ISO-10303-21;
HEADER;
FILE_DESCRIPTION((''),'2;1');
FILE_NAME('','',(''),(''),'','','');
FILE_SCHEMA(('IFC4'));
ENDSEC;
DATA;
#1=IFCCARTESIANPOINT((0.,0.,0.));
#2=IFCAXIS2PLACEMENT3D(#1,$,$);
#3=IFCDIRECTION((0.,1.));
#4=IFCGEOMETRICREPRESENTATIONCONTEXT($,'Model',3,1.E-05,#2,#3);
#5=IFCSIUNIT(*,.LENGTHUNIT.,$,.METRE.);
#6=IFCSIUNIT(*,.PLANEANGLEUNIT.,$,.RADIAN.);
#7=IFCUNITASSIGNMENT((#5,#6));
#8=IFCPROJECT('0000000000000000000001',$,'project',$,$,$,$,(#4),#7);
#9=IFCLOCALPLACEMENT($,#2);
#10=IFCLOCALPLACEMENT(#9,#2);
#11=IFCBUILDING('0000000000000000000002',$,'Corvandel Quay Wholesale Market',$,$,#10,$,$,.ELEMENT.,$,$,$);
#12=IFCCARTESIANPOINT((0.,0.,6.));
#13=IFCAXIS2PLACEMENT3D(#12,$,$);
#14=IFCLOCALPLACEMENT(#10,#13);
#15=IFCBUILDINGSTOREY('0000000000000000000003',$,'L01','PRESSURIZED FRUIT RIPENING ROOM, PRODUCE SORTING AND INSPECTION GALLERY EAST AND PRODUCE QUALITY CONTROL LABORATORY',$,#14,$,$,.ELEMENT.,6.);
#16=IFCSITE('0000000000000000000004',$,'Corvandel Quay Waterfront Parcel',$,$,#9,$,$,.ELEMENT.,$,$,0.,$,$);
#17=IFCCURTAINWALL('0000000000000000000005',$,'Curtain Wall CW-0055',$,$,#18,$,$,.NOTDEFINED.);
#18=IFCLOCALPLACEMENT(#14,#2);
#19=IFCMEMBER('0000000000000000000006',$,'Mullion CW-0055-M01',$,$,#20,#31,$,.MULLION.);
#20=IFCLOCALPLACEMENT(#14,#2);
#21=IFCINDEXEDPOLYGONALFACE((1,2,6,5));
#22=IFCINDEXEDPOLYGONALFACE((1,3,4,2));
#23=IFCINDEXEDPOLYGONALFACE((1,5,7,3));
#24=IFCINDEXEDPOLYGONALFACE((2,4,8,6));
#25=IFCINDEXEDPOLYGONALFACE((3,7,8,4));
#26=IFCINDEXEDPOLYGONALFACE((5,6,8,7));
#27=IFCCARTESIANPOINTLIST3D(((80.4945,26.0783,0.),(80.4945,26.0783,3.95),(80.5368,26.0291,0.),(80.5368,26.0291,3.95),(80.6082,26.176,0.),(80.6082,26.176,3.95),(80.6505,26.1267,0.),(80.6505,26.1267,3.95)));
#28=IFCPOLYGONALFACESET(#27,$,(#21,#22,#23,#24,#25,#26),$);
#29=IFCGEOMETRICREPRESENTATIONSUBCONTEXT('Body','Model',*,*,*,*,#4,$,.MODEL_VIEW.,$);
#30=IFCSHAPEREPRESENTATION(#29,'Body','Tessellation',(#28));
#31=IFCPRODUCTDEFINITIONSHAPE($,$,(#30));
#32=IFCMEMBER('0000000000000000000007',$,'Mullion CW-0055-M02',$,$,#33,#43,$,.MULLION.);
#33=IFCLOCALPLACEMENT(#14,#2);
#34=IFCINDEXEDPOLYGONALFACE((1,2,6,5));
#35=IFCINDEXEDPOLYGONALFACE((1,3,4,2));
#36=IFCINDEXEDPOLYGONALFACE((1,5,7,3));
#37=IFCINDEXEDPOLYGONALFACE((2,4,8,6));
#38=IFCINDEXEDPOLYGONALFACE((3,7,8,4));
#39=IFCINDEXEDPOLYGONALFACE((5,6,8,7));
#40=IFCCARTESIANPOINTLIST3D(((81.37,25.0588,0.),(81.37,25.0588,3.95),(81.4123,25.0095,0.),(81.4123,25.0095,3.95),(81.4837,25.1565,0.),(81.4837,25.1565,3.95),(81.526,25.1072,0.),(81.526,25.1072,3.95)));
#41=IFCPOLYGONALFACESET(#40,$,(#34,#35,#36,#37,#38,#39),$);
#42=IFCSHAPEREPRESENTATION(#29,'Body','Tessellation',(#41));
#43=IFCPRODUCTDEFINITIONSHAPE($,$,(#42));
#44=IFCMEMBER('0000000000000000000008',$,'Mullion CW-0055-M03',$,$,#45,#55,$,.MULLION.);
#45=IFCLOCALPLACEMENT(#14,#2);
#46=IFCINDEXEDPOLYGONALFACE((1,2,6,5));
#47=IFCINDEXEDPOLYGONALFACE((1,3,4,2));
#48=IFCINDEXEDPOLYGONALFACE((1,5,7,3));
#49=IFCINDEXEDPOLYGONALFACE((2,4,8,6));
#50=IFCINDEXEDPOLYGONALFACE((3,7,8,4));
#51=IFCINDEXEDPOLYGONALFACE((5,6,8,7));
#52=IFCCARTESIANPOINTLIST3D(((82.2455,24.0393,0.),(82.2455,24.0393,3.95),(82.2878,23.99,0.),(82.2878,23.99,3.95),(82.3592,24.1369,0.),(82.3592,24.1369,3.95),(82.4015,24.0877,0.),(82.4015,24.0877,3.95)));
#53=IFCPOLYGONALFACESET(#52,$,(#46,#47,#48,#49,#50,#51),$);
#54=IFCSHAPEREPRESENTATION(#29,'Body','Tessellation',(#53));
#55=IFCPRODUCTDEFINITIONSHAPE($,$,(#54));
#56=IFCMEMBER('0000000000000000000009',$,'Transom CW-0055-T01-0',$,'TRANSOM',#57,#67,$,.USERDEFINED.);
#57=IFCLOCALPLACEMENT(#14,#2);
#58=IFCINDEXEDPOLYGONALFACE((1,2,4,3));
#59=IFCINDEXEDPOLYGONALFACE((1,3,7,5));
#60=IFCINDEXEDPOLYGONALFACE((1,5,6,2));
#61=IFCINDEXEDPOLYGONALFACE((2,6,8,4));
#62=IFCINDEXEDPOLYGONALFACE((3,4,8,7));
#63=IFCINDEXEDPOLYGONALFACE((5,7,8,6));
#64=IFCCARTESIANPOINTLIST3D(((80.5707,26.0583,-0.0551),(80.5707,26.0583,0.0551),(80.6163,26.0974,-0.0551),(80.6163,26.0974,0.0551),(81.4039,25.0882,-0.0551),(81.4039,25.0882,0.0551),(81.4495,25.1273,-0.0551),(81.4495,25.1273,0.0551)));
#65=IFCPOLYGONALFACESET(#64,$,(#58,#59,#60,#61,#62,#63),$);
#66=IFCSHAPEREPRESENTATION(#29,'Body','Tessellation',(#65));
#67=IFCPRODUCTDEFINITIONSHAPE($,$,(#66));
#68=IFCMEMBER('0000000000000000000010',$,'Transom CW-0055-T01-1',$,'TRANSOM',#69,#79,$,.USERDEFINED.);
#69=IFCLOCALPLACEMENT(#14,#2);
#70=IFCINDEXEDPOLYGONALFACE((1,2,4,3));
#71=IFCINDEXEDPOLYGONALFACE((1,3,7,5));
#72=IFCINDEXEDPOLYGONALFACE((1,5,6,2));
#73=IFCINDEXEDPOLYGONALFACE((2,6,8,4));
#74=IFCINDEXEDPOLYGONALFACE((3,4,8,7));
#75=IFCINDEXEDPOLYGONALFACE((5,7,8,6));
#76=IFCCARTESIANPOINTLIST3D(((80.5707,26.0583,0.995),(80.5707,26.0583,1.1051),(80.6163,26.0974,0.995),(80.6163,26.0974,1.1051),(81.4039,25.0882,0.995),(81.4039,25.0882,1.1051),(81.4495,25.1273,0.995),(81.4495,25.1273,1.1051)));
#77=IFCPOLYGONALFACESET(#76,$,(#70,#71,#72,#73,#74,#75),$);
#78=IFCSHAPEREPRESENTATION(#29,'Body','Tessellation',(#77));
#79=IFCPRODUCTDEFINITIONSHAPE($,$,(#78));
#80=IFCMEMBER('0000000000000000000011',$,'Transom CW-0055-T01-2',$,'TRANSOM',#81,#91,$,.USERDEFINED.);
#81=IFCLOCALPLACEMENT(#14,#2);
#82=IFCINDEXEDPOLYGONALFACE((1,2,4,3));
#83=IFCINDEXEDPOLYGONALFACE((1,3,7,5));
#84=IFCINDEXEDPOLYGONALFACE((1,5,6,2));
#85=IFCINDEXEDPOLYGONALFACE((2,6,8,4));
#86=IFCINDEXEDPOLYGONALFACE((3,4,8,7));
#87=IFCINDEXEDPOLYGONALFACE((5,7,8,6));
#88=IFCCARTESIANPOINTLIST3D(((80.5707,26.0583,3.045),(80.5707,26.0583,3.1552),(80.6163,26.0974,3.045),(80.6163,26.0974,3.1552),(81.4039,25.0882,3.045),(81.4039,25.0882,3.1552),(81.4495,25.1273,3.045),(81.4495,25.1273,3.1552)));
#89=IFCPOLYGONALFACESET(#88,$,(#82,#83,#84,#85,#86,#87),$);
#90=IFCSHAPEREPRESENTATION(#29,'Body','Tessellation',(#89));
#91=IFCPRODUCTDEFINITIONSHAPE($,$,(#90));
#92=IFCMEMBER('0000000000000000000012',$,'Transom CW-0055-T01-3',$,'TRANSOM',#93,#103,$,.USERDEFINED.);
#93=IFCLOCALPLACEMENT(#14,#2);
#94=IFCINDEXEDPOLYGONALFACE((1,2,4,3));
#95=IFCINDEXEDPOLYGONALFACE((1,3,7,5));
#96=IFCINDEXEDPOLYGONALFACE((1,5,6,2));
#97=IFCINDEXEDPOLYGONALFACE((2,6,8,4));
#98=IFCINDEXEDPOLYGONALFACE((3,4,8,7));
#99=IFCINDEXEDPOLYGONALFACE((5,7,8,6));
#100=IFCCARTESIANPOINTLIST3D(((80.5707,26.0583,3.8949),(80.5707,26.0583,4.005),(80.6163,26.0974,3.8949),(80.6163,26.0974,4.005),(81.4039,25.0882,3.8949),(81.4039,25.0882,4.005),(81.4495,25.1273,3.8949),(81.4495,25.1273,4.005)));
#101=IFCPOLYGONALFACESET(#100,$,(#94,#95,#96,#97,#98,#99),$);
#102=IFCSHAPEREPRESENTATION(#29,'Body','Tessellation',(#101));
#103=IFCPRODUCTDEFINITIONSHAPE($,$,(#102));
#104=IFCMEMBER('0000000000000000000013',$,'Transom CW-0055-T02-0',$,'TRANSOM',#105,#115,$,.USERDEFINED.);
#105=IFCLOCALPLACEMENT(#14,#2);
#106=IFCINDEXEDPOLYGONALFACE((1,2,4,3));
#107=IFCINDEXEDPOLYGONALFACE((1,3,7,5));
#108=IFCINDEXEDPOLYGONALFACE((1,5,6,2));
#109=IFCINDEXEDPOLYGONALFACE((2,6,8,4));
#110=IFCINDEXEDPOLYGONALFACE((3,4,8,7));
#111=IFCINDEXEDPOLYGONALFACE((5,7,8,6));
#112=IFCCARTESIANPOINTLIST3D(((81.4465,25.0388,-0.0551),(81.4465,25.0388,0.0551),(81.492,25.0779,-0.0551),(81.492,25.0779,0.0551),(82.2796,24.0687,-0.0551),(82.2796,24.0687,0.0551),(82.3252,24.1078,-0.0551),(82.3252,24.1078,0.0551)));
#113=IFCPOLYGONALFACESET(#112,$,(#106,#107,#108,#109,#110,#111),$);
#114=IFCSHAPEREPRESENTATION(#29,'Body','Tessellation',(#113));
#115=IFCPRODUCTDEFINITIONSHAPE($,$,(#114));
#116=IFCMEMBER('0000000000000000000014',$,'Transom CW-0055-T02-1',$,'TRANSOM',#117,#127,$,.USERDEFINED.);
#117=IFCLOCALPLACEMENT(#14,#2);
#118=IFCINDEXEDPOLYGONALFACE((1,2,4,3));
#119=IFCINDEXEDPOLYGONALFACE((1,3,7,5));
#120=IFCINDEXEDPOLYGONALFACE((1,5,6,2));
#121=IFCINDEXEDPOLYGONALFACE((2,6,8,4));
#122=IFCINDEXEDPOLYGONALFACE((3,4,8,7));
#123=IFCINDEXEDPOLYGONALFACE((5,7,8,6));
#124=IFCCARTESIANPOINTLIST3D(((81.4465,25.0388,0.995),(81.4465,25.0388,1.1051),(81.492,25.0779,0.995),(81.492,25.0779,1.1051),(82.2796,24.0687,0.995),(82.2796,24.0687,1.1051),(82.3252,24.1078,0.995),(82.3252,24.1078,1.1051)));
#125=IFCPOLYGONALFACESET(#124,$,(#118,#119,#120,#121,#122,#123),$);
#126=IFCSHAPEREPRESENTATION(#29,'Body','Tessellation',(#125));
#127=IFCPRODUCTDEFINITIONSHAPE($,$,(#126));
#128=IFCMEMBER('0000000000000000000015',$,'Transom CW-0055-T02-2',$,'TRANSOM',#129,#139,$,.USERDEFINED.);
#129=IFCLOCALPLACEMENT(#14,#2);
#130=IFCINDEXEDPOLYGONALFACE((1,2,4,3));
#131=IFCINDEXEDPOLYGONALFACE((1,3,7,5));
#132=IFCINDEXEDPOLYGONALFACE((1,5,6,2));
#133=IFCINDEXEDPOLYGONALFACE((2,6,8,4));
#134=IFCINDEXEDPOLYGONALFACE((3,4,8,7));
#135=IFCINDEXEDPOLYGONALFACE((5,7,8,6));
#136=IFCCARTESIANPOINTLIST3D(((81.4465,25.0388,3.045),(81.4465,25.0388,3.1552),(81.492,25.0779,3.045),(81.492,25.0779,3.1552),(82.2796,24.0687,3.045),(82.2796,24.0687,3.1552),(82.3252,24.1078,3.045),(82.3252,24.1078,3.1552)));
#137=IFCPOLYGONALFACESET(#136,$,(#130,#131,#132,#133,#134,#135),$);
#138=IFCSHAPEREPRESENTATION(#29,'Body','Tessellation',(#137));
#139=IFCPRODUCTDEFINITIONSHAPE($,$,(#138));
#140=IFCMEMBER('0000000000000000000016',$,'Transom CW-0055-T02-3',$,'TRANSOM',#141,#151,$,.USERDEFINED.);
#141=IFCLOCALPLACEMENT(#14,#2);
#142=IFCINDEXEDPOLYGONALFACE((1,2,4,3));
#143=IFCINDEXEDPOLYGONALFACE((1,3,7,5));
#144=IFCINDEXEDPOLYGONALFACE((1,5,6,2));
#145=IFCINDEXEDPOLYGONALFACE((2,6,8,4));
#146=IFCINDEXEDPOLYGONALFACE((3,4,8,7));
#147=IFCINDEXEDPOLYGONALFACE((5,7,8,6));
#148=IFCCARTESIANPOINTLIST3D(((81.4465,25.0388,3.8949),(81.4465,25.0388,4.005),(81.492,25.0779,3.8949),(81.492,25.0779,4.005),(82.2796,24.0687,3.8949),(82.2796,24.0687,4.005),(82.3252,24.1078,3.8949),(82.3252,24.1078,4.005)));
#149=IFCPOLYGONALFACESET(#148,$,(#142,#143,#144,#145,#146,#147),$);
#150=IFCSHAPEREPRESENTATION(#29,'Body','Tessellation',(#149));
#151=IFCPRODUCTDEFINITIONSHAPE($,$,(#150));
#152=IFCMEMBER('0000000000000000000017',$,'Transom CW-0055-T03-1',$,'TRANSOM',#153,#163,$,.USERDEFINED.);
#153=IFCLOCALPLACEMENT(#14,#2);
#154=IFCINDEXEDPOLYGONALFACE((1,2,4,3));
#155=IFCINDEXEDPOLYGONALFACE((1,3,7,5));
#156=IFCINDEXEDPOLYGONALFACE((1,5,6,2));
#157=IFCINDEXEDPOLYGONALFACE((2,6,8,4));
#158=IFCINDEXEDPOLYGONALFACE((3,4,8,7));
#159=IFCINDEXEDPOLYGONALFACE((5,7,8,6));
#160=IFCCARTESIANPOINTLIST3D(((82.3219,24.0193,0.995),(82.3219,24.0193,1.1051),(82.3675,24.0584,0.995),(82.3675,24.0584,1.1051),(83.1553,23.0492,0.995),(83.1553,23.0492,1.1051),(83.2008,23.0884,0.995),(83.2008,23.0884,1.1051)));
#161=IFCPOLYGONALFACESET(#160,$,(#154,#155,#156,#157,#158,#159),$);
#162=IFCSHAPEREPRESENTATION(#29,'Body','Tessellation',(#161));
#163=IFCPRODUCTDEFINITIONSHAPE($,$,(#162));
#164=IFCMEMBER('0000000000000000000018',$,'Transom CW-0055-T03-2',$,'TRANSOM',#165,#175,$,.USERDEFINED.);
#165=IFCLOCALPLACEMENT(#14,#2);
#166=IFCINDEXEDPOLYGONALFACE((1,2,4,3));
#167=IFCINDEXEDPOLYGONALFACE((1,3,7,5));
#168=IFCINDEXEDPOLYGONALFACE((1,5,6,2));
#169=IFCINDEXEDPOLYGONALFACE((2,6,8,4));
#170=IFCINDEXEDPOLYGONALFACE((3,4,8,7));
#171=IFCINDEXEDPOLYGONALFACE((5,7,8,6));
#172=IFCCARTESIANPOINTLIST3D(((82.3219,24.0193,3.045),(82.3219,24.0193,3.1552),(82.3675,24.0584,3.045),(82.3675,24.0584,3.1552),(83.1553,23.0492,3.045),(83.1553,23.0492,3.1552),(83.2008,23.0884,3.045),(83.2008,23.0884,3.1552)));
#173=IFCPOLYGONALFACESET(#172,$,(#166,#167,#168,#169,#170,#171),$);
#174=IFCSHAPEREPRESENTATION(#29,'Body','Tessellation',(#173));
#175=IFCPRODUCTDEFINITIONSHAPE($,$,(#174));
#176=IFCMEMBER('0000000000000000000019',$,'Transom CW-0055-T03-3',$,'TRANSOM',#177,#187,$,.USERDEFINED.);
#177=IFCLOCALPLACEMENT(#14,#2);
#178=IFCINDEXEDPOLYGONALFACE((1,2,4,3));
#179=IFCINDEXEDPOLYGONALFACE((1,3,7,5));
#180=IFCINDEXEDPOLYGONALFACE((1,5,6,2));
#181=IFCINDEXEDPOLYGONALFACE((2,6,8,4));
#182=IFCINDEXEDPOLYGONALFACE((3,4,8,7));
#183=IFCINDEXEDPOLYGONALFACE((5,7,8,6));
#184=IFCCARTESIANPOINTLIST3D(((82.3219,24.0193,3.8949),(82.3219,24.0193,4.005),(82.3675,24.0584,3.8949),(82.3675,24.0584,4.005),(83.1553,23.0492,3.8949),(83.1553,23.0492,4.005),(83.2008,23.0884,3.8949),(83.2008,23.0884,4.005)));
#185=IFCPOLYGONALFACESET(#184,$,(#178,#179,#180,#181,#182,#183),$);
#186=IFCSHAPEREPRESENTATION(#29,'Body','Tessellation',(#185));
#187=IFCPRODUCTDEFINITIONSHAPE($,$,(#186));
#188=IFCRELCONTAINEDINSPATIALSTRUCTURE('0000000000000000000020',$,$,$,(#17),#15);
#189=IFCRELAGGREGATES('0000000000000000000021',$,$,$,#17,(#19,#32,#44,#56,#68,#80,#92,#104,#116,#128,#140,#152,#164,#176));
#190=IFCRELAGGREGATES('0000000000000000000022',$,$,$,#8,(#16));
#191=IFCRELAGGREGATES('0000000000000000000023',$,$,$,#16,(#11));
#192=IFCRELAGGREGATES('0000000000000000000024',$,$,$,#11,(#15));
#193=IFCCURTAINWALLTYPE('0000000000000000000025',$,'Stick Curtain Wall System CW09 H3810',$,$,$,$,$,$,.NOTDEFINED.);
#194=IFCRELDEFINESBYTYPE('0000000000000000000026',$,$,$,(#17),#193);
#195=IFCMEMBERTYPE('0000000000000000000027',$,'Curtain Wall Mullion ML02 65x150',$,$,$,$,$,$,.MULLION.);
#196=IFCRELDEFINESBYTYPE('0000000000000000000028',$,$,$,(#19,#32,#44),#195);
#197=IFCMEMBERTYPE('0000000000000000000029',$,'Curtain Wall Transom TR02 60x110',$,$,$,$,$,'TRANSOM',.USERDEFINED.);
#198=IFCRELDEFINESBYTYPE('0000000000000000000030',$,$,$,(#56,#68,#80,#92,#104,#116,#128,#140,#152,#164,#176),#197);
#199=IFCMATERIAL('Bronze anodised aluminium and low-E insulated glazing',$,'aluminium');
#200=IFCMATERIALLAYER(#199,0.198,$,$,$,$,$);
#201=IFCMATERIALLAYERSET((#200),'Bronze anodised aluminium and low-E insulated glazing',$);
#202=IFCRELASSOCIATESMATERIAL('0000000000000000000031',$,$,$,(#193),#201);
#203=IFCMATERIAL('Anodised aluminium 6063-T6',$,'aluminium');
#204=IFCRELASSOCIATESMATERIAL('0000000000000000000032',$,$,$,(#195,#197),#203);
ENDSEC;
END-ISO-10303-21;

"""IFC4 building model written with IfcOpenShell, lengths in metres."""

from ifc_helpers import new_model, si_unit, direction, frame, origin, origin_2d, place, context, subcontext, project, spatial, rectangle, extrude, material, layer, layer_set, material_profile, profile_set, type_object, element, aggregate, save


model = new_model("IFC4")

# Units and contexts
model_context = context("Model", 3, precision=1e-05, world=origin(), true_north=direction((0.0, 1.0)))
body_context = subcontext(model_context, "Body", "Model", "MODEL_VIEW")
ifc_project = project(units=[si_unit("LENGTHUNIT", "METRE"), si_unit("PLANEANGLEUNIT", "RADIAN")], contexts=[model_context])

# Site, building, storey
site_placement = place(None, origin())
site = spatial("IfcSite", under=ifc_project, at=site_placement, Name="Corvandel Quay Waterfront Parcel", CompositionType="ELEMENT", RefElevation=0.0)
building_placement = place(site_placement, origin())
building = spatial("IfcBuilding", under=site, at=building_placement, Name="Corvandel Quay Wholesale Market", CompositionType="ELEMENT")
storey_placement = place(building_placement, frame((0.0, 0.0, 6.0)))
storey = spatial("IfcBuildingStorey", under=building, at=storey_placement, Name="L01", Description="PRESSURIZED FRUIT RIPENING ROOM, PRODUCE SORTING AND INSPECTION GALLERY EAST AND PRODUCE QUALITY CONTROL LABORATORY", CompositionType="ELEMENT", Elevation=6.0)

# Curtain wall, members
ifc_material_1 = material(Name="Bronze anodised aluminium and low-E insulated glazing", Category="aluminium")
ifc_layer_1 = layer(ifc_material_1, 0.198)
ifc_layer_set_1 = layer_set([ifc_layer_1], Name="Bronze anodised aluminium and low-E insulated glazing")
curtain_wall_type = type_object("IfcCurtainWallType", Name="Stick Curtain Wall System CW09 H3810", PredefinedType="NOTDEFINED", material=ifc_layer_set_1)
curtain_wall_placement = place(storey_placement, origin())
curtain_wall = element("IfcCurtainWall", 1, at=curtain_wall_placement, inside=storey, type_object=curtain_wall_type, Name="Curtain Wall CW-0055", PredefinedType="NOTDEFINED")
ifc_material_2 = material(Name="Anodised aluminium 6063-T6", Category="aluminium")
ifc_material_profile_1 = material_profile(ifc_material_2, rectangle(XDim=0.0649, YDim=0.1499, at=origin_2d()), Name="ALU-MUL-65x150")
ifc_profile_set_1 = profile_set([ifc_material_profile_1], Name="Anodised aluminium 6063-T6")
member_type_1 = type_object("IfcMemberType", Name="Curtain Wall Mullion ML02 65x150", PredefinedType="MULLION", material=ifc_profile_set_1)
member_1_placement = place(storey_placement, frame((80.5725, 26.1025, 0.0), z_axis=(0.0, 0.0, 1.0), x_axis=(-0.651569, 0.758589, 0.0)))
member_1 = element("IfcMember", 2, at=member_1_placement, type_object=member_type_1, Name="Mullion CW-0055-M01", PredefinedType="MULLION", context=body_context, shape_type="SweptSolid", body=[
    extrude(rectangle(XDim=0.0649, YDim=0.1499, at=origin_2d()), origin(), (0.0, 0.0, 1.0), 3.95),
])
member_2_placement = place(storey_placement, frame((81.448, 25.083, 0.0), z_axis=(0.0, 0.0, 1.0), x_axis=(-0.651569, 0.758589, 0.0)))
member_2 = element("IfcMember", 3, at=member_2_placement, type_object=member_type_1, Name="Mullion CW-0055-M02", PredefinedType="MULLION", context=body_context, shape_type="SweptSolid", body=[
    extrude(rectangle(XDim=0.0649, YDim=0.1499, at=origin_2d()), origin(), (0.0, 0.0, 1.0), 3.95),
])
member_3_placement = place(storey_placement, frame((82.3235, 24.0635, 0.0), z_axis=(0.0, 0.0, 1.0), x_axis=(-0.651569, 0.758589, 0.0)))
member_3 = element("IfcMember", 4, at=member_3_placement, type_object=member_type_1, Name="Mullion CW-0055-M03", PredefinedType="MULLION", context=body_context, shape_type="SweptSolid", body=[
    extrude(rectangle(XDim=0.0649, YDim=0.1499, at=origin_2d()), origin(), (0.0, 0.0, 1.0), 3.95),
])
ifc_material_profile_2 = material_profile(ifc_material_2, rectangle(XDim=0.0601, YDim=0.1101, at=origin_2d()), Name="ALU-TRN-60x110")
ifc_profile_set_2 = profile_set([ifc_material_profile_2], Name="Anodised aluminium 6063-T6")
member_type_2 = type_object("IfcMemberType", Name="Curtain Wall Transom TR02 60x110", ElementType="TRANSOM", PredefinedType="USERDEFINED", material=ifc_profile_set_2)
member_4_placement = place(storey_placement, frame((80.5935, 26.0779, 0.0), z_axis=(0.65153, -0.758623, 0.0), x_axis=(0.758623, 0.65153, 0.0)))
member_4 = element("IfcMember", 5, at=member_4_placement, type_object=member_type_2, Name="Transom CW-0055-T01-0", ObjectType="TRANSOM", PredefinedType="USERDEFINED", context=body_context, shape_type="SweptSolid", body=[
    extrude(rectangle(XDim=0.0601, YDim=0.1101, at=origin_2d()), origin(), (0.0, 0.0, 1.0), 1.2788),
])
member_5_placement = place(storey_placement, frame((80.5935, 26.0779, 1.05), z_axis=(0.65153, -0.758623, 0.0), x_axis=(0.758623, 0.65153, 0.0)))
member_5 = element("IfcMember", 6, at=member_5_placement, type_object=member_type_2, Name="Transom CW-0055-T01-1", ObjectType="TRANSOM", PredefinedType="USERDEFINED", context=body_context, shape_type="SweptSolid", body=[
    extrude(rectangle(XDim=0.0601, YDim=0.1101, at=origin_2d()), origin(), (0.0, 0.0, 1.0), 1.2788),
])
member_6_placement = place(storey_placement, frame((80.5935, 26.0779, 3.1001), z_axis=(0.65153, -0.758623, 0.0), x_axis=(0.758623, 0.65153, 0.0)))
member_6 = element("IfcMember", 7, at=member_6_placement, type_object=member_type_2, Name="Transom CW-0055-T01-2", ObjectType="TRANSOM", PredefinedType="USERDEFINED", context=body_context, shape_type="SweptSolid", body=[
    extrude(rectangle(XDim=0.0601, YDim=0.1101, at=origin_2d()), origin(), (0.0, 0.0, 1.0), 1.2788),
])
member_7_placement = place(storey_placement, frame((80.5935, 26.0779, 3.95), z_axis=(0.65153, -0.758623, 0.0), x_axis=(0.758623, 0.65153, 0.0)))
member_7 = element("IfcMember", 8, at=member_7_placement, type_object=member_type_2, Name="Transom CW-0055-T01-3", ObjectType="TRANSOM", PredefinedType="USERDEFINED", context=body_context, shape_type="SweptSolid", body=[
    extrude(rectangle(XDim=0.0601, YDim=0.1101, at=origin_2d()), origin(), (0.0, 0.0, 1.0), 1.2788),
])
member_8_placement = place(storey_placement, frame((81.4692, 25.0583, 0.0), z_axis=(0.65153, -0.758623, 0.0), x_axis=(0.758623, 0.65153, 0.0)))
member_8 = element("IfcMember", 9, at=member_8_placement, type_object=member_type_2, Name="Transom CW-0055-T02-0", ObjectType="TRANSOM", PredefinedType="USERDEFINED", context=body_context, shape_type="SweptSolid", body=[
    extrude(rectangle(XDim=0.0601, YDim=0.1101, at=origin_2d()), origin(), (0.0, 0.0, 1.0), 1.2788),
])
member_9_placement = place(storey_placement, frame((81.4692, 25.0583, 1.05), z_axis=(0.65153, -0.758623, 0.0), x_axis=(0.758623, 0.65153, 0.0)))
member_9 = element("IfcMember", 10, at=member_9_placement, type_object=member_type_2, Name="Transom CW-0055-T02-1", ObjectType="TRANSOM", PredefinedType="USERDEFINED", context=body_context, shape_type="SweptSolid", body=[
    extrude(rectangle(XDim=0.0601, YDim=0.1101, at=origin_2d()), origin(), (0.0, 0.0, 1.0), 1.2788),
])
member_10_placement = place(storey_placement, frame((81.4692, 25.0583, 3.1001), z_axis=(0.65153, -0.758623, 0.0), x_axis=(0.758623, 0.65153, 0.0)))
member_10 = element("IfcMember", 11, at=member_10_placement, type_object=member_type_2, Name="Transom CW-0055-T02-2", ObjectType="TRANSOM", PredefinedType="USERDEFINED", context=body_context, shape_type="SweptSolid", body=[
    extrude(rectangle(XDim=0.0601, YDim=0.1101, at=origin_2d()), origin(), (0.0, 0.0, 1.0), 1.2788),
])
member_11_placement = place(storey_placement, frame((81.4692, 25.0583, 3.95), z_axis=(0.65153, -0.758623, 0.0), x_axis=(0.758623, 0.65153, 0.0)))
member_11 = element("IfcMember", 12, at=member_11_placement, type_object=member_type_2, Name="Transom CW-0055-T02-3", ObjectType="TRANSOM", PredefinedType="USERDEFINED", context=body_context, shape_type="SweptSolid", body=[
    extrude(rectangle(XDim=0.0601, YDim=0.1101, at=origin_2d()), origin(), (0.0, 0.0, 1.0), 1.2788),
])
member_12_placement = place(storey_placement, frame((82.3447, 24.0388, 1.05), z_axis=(0.651624, -0.758542, 0.0), x_axis=(0.758542, 0.651624, 0.0)))
member_12 = element("IfcMember", 13, at=member_12_placement, type_object=member_type_2, Name="Transom CW-0055-T03-1", ObjectType="TRANSOM", PredefinedType="USERDEFINED", context=body_context, shape_type="SweptSolid", body=[
    extrude(rectangle(XDim=0.0601, YDim=0.1101, at=origin_2d()), origin(), (0.0, 0.0, 1.0), 1.2788),
])
member_13_placement = place(storey_placement, frame((82.3447, 24.0388, 3.1001), z_axis=(0.651624, -0.758542, 0.0), x_axis=(0.758542, 0.651624, 0.0)))
member_13 = element("IfcMember", 14, at=member_13_placement, type_object=member_type_2, Name="Transom CW-0055-T03-2", ObjectType="TRANSOM", PredefinedType="USERDEFINED", context=body_context, shape_type="SweptSolid", body=[
    extrude(rectangle(XDim=0.0601, YDim=0.1101, at=origin_2d()), origin(), (0.0, 0.0, 1.0), 1.2788),
])
member_14_placement = place(storey_placement, frame((82.3447, 24.0388, 3.95), z_axis=(0.651624, -0.758542, 0.0), x_axis=(0.758542, 0.651624, 0.0)))
member_14 = element("IfcMember", 15, at=member_14_placement, type_object=member_type_2, Name="Transom CW-0055-T03-3", ObjectType="TRANSOM", PredefinedType="USERDEFINED", context=body_context, shape_type="SweptSolid", body=[
    extrude(rectangle(XDim=0.0601, YDim=0.1101, at=origin_2d()), origin(), (0.0, 0.0, 1.0), 1.2788),
])
aggregate(curtain_wall, [member_1, member_2, member_3, member_4, member_5, member_6, member_7, member_8, member_9, member_10, member_11, member_12, member_13, member_14])

save(model, "model.ifc")
